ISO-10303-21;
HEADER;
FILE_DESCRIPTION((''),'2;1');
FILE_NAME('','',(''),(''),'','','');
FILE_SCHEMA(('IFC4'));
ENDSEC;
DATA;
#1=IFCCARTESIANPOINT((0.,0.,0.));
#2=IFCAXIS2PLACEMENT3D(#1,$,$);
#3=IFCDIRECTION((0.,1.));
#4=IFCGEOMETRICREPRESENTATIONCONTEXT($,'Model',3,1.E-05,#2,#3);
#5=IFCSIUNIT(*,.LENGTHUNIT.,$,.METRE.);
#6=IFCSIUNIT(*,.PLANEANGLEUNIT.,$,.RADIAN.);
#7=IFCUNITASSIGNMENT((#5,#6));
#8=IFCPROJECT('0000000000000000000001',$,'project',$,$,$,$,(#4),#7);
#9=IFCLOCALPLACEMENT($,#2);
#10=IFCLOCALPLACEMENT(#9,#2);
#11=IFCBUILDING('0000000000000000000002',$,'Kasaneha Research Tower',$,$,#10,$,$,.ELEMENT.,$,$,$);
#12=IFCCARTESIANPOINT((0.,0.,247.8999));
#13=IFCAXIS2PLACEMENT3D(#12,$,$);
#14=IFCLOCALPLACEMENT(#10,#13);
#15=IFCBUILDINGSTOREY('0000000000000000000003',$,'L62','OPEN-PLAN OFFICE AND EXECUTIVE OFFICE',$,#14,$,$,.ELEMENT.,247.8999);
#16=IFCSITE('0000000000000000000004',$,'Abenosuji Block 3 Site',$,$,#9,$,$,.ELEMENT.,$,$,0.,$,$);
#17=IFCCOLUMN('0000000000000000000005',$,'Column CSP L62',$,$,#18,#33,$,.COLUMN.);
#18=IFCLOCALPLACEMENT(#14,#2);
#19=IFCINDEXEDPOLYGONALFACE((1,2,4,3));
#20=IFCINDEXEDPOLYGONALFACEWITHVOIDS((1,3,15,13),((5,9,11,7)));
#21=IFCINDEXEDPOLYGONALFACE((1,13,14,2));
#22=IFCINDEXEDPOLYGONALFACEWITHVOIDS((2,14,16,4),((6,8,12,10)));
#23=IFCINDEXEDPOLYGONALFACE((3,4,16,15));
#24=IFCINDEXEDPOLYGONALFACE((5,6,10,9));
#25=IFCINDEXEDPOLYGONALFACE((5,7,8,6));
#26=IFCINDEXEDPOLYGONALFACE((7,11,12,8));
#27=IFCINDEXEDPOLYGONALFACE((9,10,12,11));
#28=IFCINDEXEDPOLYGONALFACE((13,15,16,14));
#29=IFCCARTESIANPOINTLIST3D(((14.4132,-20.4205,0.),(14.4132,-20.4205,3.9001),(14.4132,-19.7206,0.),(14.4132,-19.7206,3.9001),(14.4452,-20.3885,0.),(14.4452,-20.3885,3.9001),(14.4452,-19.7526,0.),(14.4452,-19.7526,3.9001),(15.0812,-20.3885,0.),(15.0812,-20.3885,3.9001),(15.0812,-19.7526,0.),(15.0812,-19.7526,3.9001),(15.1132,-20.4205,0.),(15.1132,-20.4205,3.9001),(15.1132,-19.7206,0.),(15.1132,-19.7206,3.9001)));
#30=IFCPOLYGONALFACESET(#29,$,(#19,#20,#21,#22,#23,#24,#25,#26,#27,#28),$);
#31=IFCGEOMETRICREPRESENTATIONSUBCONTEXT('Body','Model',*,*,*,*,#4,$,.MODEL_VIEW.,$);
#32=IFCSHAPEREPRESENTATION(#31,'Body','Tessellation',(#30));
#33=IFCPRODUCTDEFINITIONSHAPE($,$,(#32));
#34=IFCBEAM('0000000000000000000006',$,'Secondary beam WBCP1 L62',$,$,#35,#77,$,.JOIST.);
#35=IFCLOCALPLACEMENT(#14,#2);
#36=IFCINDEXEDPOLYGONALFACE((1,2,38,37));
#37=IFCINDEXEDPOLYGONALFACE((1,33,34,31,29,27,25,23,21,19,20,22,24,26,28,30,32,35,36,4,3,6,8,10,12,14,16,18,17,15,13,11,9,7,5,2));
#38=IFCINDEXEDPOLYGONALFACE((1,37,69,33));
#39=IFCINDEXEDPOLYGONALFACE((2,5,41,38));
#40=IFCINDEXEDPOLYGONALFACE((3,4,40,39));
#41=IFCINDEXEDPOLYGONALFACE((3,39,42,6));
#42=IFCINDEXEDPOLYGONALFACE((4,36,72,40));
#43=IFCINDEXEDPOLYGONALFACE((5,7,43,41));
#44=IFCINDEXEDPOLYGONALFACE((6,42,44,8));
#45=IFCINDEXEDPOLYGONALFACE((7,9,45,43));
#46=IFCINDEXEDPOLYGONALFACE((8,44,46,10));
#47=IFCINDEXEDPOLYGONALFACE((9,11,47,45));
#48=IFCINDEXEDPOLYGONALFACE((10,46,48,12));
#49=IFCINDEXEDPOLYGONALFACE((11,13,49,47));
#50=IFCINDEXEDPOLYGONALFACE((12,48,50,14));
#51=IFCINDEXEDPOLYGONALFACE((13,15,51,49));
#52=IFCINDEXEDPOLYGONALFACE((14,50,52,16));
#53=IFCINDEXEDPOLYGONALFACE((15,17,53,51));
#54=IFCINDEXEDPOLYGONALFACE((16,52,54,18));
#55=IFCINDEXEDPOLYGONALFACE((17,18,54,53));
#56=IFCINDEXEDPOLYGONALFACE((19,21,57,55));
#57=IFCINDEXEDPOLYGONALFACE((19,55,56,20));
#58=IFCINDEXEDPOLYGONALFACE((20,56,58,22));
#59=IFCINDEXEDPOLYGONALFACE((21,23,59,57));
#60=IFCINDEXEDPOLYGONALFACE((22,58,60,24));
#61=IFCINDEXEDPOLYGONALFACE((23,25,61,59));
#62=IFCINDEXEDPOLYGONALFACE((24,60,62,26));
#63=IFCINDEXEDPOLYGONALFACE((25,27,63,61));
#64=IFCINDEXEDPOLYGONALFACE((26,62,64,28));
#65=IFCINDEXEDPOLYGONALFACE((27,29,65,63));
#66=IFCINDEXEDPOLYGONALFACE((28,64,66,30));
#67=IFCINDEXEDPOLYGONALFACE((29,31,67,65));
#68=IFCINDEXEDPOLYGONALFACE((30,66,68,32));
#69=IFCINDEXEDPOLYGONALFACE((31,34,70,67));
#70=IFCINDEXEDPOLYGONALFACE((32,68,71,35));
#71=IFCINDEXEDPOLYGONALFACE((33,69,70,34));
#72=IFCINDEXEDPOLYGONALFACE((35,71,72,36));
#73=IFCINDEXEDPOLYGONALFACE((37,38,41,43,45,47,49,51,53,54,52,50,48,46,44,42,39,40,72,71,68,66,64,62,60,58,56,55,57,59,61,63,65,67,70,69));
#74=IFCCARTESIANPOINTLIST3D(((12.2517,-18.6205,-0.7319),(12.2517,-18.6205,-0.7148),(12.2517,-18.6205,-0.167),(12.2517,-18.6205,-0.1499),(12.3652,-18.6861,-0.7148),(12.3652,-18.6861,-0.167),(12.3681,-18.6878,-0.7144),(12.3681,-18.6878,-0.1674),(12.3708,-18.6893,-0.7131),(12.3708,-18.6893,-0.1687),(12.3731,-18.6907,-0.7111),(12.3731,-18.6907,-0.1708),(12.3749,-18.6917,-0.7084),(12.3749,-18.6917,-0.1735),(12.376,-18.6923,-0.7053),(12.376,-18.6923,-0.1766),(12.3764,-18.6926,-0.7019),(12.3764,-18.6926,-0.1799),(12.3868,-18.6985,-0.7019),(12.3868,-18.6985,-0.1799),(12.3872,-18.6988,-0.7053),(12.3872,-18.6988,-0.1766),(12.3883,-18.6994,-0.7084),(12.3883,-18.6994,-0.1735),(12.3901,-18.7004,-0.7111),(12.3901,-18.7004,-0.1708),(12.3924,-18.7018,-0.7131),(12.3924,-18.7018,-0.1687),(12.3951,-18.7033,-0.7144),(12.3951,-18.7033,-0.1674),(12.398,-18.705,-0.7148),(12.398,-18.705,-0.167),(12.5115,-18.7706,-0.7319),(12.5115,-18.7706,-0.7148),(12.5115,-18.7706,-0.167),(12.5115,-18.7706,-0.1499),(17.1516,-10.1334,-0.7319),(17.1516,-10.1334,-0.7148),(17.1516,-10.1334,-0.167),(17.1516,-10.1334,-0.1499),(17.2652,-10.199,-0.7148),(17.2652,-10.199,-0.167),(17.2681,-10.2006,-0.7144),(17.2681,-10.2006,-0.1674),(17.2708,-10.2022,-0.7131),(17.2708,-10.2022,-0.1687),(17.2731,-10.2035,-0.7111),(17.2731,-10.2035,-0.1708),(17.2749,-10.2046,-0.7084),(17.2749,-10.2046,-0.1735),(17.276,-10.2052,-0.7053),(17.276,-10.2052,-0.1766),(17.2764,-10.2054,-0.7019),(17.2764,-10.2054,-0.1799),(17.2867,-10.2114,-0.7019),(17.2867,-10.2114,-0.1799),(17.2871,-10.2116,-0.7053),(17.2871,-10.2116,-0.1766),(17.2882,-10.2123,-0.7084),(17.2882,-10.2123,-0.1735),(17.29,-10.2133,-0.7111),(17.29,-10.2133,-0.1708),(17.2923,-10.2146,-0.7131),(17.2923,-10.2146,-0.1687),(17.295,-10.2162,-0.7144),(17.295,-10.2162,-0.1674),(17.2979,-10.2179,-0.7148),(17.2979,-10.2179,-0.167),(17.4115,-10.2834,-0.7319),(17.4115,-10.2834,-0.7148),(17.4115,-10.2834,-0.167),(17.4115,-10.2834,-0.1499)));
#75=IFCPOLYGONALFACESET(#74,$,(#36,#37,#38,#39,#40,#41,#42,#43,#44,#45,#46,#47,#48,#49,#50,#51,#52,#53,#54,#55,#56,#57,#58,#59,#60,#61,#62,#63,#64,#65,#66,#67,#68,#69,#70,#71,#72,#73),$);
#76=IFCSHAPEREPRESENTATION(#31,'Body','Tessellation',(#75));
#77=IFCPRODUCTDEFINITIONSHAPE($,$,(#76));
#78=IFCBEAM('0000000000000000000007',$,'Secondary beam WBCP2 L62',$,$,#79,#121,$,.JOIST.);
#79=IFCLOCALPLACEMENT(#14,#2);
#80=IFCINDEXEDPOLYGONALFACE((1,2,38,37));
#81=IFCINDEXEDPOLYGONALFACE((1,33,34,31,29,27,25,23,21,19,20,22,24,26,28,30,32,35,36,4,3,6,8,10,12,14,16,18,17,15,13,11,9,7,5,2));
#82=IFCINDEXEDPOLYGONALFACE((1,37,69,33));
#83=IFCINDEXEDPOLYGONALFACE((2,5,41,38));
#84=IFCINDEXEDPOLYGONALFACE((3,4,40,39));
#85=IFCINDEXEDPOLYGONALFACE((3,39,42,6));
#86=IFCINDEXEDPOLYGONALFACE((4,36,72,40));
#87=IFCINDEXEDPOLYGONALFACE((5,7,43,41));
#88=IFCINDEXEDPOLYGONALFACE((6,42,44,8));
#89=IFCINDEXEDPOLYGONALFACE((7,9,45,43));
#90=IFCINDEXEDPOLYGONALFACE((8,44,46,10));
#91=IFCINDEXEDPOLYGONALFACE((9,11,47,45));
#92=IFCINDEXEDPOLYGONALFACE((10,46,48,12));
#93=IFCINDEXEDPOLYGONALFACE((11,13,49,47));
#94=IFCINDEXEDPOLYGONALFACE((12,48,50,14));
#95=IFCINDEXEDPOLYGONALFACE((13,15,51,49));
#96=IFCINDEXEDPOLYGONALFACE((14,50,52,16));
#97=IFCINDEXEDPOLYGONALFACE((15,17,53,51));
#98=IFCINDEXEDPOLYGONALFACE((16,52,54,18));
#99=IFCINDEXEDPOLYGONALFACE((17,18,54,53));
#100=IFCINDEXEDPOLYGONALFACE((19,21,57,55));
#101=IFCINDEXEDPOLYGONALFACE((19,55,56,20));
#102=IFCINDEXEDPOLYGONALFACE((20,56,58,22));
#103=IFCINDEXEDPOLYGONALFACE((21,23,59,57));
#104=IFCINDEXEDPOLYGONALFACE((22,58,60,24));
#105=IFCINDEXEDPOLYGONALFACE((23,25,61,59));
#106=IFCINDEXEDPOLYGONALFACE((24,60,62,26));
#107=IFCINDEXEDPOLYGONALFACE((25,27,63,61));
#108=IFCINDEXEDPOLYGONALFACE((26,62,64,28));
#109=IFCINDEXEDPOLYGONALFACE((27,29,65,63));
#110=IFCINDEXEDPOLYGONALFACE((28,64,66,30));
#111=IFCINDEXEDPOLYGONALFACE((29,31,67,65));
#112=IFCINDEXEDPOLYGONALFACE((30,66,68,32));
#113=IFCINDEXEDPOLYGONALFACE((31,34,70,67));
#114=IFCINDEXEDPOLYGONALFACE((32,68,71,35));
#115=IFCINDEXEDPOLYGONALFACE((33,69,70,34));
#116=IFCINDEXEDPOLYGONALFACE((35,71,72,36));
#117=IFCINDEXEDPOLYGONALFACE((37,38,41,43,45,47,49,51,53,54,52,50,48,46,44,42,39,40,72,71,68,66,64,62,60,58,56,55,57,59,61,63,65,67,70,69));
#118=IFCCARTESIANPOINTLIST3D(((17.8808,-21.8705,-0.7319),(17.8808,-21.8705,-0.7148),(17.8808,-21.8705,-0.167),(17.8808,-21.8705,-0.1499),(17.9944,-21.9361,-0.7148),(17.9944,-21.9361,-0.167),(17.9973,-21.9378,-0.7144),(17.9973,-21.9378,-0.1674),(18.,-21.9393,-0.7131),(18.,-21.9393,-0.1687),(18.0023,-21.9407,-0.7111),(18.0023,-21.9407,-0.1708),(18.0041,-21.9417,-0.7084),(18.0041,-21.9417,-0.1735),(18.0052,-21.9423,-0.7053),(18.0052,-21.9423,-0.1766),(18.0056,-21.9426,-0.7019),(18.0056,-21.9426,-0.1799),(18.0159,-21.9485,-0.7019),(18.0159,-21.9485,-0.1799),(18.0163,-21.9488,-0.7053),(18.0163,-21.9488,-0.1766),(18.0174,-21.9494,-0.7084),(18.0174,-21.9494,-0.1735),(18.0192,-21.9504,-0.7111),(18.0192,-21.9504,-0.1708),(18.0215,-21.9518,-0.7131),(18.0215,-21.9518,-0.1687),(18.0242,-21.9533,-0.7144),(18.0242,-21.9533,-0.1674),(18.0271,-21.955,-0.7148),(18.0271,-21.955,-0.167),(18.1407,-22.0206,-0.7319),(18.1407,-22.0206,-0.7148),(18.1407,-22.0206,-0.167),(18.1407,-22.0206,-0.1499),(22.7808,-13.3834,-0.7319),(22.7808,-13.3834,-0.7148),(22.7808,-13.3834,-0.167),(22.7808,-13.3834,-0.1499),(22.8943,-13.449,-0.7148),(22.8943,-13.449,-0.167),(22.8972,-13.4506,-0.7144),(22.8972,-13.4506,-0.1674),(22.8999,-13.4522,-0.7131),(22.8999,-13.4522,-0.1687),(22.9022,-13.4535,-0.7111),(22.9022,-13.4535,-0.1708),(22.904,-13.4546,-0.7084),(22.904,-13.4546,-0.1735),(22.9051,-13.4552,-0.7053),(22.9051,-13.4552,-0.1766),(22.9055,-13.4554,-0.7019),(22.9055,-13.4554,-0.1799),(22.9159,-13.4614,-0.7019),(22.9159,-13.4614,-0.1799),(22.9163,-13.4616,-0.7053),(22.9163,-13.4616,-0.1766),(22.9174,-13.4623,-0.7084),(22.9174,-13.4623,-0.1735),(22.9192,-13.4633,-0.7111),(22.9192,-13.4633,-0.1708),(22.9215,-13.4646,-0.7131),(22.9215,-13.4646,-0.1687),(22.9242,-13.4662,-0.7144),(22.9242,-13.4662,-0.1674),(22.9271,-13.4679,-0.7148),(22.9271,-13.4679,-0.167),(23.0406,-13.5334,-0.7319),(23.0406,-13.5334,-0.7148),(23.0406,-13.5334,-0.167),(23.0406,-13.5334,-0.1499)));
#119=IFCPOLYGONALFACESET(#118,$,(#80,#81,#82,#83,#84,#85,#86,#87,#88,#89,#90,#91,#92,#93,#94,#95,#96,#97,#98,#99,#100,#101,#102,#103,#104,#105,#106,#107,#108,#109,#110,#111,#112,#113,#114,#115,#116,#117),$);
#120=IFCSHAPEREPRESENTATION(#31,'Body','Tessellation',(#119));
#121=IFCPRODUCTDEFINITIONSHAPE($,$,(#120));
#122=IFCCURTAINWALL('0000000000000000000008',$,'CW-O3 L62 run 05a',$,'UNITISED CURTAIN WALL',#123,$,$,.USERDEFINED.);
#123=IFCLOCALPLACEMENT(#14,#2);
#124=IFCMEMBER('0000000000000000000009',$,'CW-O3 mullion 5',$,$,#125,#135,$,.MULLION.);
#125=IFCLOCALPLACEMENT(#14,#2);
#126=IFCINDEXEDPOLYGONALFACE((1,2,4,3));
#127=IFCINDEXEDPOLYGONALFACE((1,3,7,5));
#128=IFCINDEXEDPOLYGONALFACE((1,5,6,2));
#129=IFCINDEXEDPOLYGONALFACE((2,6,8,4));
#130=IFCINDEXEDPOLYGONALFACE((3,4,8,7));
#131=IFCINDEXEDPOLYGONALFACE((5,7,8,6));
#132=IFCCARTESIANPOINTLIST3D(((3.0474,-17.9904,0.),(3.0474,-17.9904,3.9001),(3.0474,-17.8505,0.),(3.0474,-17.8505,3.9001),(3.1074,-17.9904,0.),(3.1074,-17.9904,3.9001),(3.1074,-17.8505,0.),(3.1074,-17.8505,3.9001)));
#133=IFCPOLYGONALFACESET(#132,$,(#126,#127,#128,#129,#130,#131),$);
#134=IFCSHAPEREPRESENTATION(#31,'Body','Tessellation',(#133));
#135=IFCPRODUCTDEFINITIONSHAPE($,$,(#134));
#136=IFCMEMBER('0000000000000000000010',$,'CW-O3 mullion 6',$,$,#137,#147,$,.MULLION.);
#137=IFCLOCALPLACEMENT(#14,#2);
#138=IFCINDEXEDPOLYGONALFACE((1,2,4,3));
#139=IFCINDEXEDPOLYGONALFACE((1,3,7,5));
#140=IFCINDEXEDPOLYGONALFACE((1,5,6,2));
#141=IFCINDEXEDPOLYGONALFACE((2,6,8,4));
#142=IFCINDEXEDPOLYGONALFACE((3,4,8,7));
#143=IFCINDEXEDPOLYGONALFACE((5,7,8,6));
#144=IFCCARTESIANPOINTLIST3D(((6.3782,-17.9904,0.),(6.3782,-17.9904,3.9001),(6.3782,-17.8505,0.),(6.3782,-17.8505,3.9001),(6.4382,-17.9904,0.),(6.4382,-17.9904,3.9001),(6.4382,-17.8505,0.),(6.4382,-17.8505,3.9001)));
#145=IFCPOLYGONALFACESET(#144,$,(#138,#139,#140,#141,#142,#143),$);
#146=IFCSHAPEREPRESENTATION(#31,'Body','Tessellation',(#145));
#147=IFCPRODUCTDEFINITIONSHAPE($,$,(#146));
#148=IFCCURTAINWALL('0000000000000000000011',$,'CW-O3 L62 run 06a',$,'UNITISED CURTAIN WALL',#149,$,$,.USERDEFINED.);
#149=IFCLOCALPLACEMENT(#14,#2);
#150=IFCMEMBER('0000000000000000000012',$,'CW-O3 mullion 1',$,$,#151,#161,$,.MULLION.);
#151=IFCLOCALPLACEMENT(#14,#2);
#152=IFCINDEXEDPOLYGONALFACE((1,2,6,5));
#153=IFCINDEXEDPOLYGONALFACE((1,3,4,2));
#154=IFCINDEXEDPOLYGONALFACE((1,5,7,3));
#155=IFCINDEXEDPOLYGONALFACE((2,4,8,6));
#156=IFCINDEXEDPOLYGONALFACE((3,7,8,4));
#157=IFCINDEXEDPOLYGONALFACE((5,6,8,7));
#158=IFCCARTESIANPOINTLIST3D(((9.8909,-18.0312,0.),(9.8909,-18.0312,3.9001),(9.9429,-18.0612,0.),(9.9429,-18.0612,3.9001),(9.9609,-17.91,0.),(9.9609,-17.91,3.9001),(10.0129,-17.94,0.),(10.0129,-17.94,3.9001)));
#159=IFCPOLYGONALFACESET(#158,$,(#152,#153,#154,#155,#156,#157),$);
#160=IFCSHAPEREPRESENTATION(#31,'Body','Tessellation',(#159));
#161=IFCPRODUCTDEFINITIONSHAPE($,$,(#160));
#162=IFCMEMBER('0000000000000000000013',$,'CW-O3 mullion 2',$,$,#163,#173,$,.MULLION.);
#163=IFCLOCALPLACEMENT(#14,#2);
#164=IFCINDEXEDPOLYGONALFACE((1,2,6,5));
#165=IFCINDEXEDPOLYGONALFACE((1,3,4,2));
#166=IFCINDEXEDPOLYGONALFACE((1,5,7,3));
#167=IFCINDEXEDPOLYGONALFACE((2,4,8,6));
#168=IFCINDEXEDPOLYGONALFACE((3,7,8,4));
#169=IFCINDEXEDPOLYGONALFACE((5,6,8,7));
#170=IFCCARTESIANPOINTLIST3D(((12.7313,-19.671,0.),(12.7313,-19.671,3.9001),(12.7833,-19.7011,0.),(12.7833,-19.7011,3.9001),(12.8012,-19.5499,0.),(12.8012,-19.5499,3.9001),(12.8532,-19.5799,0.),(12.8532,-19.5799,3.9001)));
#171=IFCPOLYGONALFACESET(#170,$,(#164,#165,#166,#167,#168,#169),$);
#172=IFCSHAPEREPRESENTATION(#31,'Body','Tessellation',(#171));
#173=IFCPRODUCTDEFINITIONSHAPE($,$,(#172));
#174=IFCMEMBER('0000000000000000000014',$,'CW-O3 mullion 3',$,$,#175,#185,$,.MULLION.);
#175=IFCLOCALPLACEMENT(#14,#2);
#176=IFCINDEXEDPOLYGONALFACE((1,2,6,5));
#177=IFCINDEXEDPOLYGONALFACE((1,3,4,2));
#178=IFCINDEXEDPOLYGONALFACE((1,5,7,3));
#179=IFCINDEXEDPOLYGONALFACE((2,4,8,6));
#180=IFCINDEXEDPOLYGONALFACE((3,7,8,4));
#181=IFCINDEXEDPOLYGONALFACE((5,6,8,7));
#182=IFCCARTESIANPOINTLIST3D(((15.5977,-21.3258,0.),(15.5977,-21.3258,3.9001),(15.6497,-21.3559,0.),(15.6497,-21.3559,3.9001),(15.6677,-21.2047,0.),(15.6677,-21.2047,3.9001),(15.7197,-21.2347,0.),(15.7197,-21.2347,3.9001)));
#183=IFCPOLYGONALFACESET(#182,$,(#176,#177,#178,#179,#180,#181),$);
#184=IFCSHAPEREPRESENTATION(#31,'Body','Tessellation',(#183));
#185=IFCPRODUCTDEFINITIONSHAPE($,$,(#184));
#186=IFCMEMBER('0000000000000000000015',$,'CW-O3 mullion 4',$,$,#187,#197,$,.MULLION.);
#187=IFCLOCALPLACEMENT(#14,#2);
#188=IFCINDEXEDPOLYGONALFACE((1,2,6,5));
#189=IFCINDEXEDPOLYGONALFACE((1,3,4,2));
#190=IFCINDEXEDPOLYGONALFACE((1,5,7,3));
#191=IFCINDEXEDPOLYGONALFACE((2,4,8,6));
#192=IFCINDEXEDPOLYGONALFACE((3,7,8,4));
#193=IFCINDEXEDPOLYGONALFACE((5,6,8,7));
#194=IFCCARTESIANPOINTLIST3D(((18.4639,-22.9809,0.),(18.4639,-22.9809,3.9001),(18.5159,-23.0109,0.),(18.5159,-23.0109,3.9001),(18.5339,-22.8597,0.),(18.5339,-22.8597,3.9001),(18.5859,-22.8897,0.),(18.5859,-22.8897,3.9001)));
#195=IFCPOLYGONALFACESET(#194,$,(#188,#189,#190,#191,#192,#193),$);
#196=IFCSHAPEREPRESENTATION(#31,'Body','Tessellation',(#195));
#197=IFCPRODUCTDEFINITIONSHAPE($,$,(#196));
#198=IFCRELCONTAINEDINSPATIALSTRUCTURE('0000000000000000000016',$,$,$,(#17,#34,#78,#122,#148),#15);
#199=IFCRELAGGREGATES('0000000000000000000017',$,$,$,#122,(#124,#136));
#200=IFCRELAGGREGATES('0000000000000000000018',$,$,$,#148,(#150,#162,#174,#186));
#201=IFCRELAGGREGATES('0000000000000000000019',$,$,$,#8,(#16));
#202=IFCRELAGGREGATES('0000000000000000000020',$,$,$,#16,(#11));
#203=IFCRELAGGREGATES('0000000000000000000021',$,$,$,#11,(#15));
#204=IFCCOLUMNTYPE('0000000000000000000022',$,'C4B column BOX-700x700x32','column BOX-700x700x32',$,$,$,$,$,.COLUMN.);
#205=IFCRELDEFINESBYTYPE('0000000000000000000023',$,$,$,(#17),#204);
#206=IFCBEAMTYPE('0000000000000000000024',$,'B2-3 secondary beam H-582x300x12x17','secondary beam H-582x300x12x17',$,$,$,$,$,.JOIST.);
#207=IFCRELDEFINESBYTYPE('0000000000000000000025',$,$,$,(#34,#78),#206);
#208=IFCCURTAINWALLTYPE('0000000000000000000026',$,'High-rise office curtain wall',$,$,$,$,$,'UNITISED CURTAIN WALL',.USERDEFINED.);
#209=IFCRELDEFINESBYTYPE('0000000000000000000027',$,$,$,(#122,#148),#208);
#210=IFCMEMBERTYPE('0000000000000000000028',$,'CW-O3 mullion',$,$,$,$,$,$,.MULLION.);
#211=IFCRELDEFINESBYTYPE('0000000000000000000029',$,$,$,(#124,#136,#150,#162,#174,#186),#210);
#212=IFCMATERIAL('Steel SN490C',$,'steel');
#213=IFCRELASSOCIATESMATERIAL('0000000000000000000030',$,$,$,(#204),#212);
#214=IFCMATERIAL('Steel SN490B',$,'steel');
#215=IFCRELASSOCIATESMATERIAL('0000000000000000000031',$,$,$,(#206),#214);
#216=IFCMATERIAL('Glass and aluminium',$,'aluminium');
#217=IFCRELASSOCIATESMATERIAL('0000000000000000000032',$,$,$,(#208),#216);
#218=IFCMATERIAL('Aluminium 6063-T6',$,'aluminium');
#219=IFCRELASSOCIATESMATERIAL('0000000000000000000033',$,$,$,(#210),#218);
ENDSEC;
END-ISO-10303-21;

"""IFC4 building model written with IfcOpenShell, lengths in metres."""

from ifc_helpers import new_model, si_unit, direction, frame, origin, origin_2d, place, context, subcontext, project, spatial, rectangle, hollow_rectangle, i_section, extrude, material, material_profile, profile_set, type_object, element, aggregate, save


model = new_model("IFC4")

# Units and contexts
model_context = context("Model", 3, precision=1e-05, world=origin(), true_north=direction((0.0, 1.0)))
body_context = subcontext(model_context, "Body", "Model", "MODEL_VIEW")
ifc_project = project(units=[si_unit("LENGTHUNIT", "METRE"), si_unit("PLANEANGLEUNIT", "RADIAN")], contexts=[model_context])

# Site, building, storey
site_placement = place(None, origin())
site = spatial("IfcSite", under=ifc_project, at=site_placement, Name="Abenosuji Block 3 Site", CompositionType="ELEMENT", RefElevation=0.0)
building_placement = place(site_placement, origin())
building = spatial("IfcBuilding", under=site, at=building_placement, Name="Kasaneha Research Tower", CompositionType="ELEMENT")
storey_placement = place(building_placement, frame((0.0, 0.0, 247.8999)))
storey = spatial("IfcBuildingStorey", under=building, at=storey_placement, Name="L62", Description="OPEN-PLAN OFFICE AND EXECUTIVE OFFICE", CompositionType="ELEMENT", Elevation=247.8999)

# Column
ifc_material_1 = material(Name="Steel SN490C", Category="steel")
ifc_material_profile_1 = material_profile(ifc_material_1, hollow_rectangle(XDim=0.7, YDim=0.7, WallThickness=0.032, at=origin_2d()), Name="BOX-700x700x32")
ifc_profile_set_1 = profile_set([ifc_material_profile_1], Name="Steel SN490C")
column_type = type_object("IfcColumnType", Name="C4B column BOX-700x700x32", Description="column BOX-700x700x32", PredefinedType="COLUMN", material=ifc_profile_set_1)
column_placement = place(storey_placement, frame((14.7632, -20.0706, 0.0), z_axis=(0.0, 0.0, 1.0), x_axis=(1.0, 0.0, 0.0)))
element("IfcColumn", 1, at=column_placement, inside=storey, type_object=column_type, Name="Column CSP L62", PredefinedType="COLUMN", context=body_context, shape_type="SweptSolid", body=[
    extrude(hollow_rectangle(XDim=0.7, YDim=0.7, WallThickness=0.032, at=origin_2d()), origin(), (0.0, 0.0, 1.0), 3.9001),
])

# Beams
ifc_material_2 = material(Name="Steel SN490B", Category="steel")
ifc_material_profile_2 = material_profile(ifc_material_2, i_section(OverallWidth=0.3, OverallDepth=0.582, WebThickness=0.012, FlangeThickness=0.0171, FilletRadius=0.0129, at=origin_2d()), Name="H-582x300x12x17")
ifc_profile_set_2 = profile_set([ifc_material_profile_2], Name="Steel SN490B")
beam_type_1 = type_object("IfcBeamType", Name="B2-3 secondary beam H-582x300x12x17", Description="secondary beam H-582x300x12x17", PredefinedType="JOIST", material=ifc_profile_set_2)
for number, where, z_axis, x_axis, name in (
    (2, (12.3816, -18.6956, -0.4409), (0.499992, 0.86603, 0.0), (-0.86603, 0.499992, 0.0), "Secondary beam WBCP1 L62"),
    (3, (18.0107, -21.9456, -0.4409), (0.499992, 0.86603, 0.0), (-0.86603, 0.499992, 0.0), "Secondary beam WBCP2 L62"),
):
    element("IfcBeam", number, at=place(storey_placement, frame(where, z_axis=z_axis, x_axis=x_axis)), inside=storey, type_object=beam_type_1, Name=name, PredefinedType="JOIST", context=body_context, shape_type="SweptSolid", body=[
        extrude(i_section(OverallWidth=0.3, OverallDepth=0.582, WebThickness=0.012, FlangeThickness=0.0171, FilletRadius=0.0129, at=origin_2d()), origin(), (0.0, 0.0, 1.0), 9.8),
    ])

# Curtain walls, members
ifc_material_3 = material(Name="Glass and aluminium", Category="aluminium")
curtain_wall_type = type_object("IfcCurtainWallType", Name="High-rise office curtain wall", ElementType="UNITISED CURTAIN WALL", PredefinedType="USERDEFINED", material=ifc_material_3)
curtain_wall_1_placement = place(storey_placement, origin())
curtain_wall_1 = element("IfcCurtainWall", 4, at=curtain_wall_1_placement, inside=storey, type_object=curtain_wall_type, Name="CW-O3 L62 run 05a", ObjectType="UNITISED CURTAIN WALL", PredefinedType="USERDEFINED")
ifc_material_4 = material(Name="Aluminium 6063-T6", Category="aluminium")
ifc_material_profile_3 = material_profile(ifc_material_4, rectangle(XDim=0.0601, YDim=0.1399, at=origin_2d()), Name="CW-O3 mullion 60x140")
ifc_profile_set_3 = profile_set([ifc_material_profile_3], Name="Aluminium 6063-T6")
member_type_1 = type_object("IfcMemberType", Name="CW-O3 mullion", PredefinedType="MULLION", material=ifc_profile_set_3)
member_1_placement = place(storey_placement, frame((3.0774, -17.9204, 0.0), z_axis=(0.0, 0.0, 1.0), x_axis=(1.0, 0.0, 0.0)))
member_1 = element("IfcMember", 5, at=member_1_placement, type_object=member_type_1, Name="CW-O3 mullion 5", PredefinedType="MULLION", context=body_context, shape_type="SweptSolid", body=[
    extrude(rectangle(XDim=0.0601, YDim=0.1399, at=origin_2d()), origin(), (0.0, 0.0, 1.0), 3.9001),
])
member_2_placement = place(storey_placement, frame((6.4082, -17.9204, 0.0), z_axis=(0.0, 0.0, 1.0), x_axis=(1.0, 0.0, 0.0)))
member_2 = element("IfcMember", 6, at=member_2_placement, type_object=member_type_1, Name="CW-O3 mullion 6", PredefinedType="MULLION", context=body_context, shape_type="SweptSolid", body=[
    extrude(rectangle(XDim=0.0601, YDim=0.1399, at=origin_2d()), origin(), (0.0, 0.0, 1.0), 3.9001),
])
curtain_wall_2_placement = place(storey_placement, origin())
curtain_wall_2 = element("IfcCurtainWall", 7, at=curtain_wall_2_placement, inside=storey, type_object=curtain_wall_type, Name="CW-O3 L62 run 06a", ObjectType="UNITISED CURTAIN WALL", PredefinedType="USERDEFINED")
member_3_placement = place(storey_placement, frame((9.9519, -17.9856, 0.0), z_axis=(0.0, 0.0, 1.0), x_axis=(0.866025, -0.5, 0.0)))
member_3 = element("IfcMember", 8, at=member_3_placement, type_object=member_type_1, Name="CW-O3 mullion 1", PredefinedType="MULLION", context=body_context, shape_type="SweptSolid", body=[
    extrude(rectangle(XDim=0.0601, YDim=0.1399, at=origin_2d()), origin(), (0.0, 0.0, 1.0), 3.9001),
])
member_4_placement = place(storey_placement, frame((12.7922, -19.6255, 0.0), z_axis=(0.0, 0.0, 1.0), x_axis=(0.866025, -0.5, 0.0)))
member_4 = element("IfcMember", 9, at=member_4_placement, type_object=member_type_1, Name="CW-O3 mullion 2", PredefinedType="MULLION", context=body_context, shape_type="SweptSolid", body=[
    extrude(rectangle(XDim=0.0601, YDim=0.1399, at=origin_2d()), origin(), (0.0, 0.0, 1.0), 3.9001),
])
member_5_placement = place(storey_placement, frame((15.6587, -21.2803, 0.0), z_axis=(0.0, 0.0, 1.0), x_axis=(0.866025, -0.5, 0.0)))
member_5 = element("IfcMember", 10, at=member_5_placement, type_object=member_type_1, Name="CW-O3 mullion 3", PredefinedType="MULLION", context=body_context, shape_type="SweptSolid", body=[
    extrude(rectangle(XDim=0.0601, YDim=0.1399, at=origin_2d()), origin(), (0.0, 0.0, 1.0), 3.9001),
])
member_6_placement = place(storey_placement, frame((18.5249, -22.9353, 0.0), z_axis=(0.0, 0.0, 1.0), x_axis=(0.866025, -0.5, 0.0)))
member_6 = element("IfcMember", 11, at=member_6_placement, type_object=member_type_1, Name="CW-O3 mullion 4", PredefinedType="MULLION", context=body_context, shape_type="SweptSolid", body=[
    extrude(rectangle(XDim=0.0601, YDim=0.1399, at=origin_2d()), origin(), (0.0, 0.0, 1.0), 3.9001),
])

aggregate(curtain_wall_1, [member_1, member_2])
aggregate(curtain_wall_2, [member_3, member_4, member_5, member_6])

save(model, "model.ifc")
